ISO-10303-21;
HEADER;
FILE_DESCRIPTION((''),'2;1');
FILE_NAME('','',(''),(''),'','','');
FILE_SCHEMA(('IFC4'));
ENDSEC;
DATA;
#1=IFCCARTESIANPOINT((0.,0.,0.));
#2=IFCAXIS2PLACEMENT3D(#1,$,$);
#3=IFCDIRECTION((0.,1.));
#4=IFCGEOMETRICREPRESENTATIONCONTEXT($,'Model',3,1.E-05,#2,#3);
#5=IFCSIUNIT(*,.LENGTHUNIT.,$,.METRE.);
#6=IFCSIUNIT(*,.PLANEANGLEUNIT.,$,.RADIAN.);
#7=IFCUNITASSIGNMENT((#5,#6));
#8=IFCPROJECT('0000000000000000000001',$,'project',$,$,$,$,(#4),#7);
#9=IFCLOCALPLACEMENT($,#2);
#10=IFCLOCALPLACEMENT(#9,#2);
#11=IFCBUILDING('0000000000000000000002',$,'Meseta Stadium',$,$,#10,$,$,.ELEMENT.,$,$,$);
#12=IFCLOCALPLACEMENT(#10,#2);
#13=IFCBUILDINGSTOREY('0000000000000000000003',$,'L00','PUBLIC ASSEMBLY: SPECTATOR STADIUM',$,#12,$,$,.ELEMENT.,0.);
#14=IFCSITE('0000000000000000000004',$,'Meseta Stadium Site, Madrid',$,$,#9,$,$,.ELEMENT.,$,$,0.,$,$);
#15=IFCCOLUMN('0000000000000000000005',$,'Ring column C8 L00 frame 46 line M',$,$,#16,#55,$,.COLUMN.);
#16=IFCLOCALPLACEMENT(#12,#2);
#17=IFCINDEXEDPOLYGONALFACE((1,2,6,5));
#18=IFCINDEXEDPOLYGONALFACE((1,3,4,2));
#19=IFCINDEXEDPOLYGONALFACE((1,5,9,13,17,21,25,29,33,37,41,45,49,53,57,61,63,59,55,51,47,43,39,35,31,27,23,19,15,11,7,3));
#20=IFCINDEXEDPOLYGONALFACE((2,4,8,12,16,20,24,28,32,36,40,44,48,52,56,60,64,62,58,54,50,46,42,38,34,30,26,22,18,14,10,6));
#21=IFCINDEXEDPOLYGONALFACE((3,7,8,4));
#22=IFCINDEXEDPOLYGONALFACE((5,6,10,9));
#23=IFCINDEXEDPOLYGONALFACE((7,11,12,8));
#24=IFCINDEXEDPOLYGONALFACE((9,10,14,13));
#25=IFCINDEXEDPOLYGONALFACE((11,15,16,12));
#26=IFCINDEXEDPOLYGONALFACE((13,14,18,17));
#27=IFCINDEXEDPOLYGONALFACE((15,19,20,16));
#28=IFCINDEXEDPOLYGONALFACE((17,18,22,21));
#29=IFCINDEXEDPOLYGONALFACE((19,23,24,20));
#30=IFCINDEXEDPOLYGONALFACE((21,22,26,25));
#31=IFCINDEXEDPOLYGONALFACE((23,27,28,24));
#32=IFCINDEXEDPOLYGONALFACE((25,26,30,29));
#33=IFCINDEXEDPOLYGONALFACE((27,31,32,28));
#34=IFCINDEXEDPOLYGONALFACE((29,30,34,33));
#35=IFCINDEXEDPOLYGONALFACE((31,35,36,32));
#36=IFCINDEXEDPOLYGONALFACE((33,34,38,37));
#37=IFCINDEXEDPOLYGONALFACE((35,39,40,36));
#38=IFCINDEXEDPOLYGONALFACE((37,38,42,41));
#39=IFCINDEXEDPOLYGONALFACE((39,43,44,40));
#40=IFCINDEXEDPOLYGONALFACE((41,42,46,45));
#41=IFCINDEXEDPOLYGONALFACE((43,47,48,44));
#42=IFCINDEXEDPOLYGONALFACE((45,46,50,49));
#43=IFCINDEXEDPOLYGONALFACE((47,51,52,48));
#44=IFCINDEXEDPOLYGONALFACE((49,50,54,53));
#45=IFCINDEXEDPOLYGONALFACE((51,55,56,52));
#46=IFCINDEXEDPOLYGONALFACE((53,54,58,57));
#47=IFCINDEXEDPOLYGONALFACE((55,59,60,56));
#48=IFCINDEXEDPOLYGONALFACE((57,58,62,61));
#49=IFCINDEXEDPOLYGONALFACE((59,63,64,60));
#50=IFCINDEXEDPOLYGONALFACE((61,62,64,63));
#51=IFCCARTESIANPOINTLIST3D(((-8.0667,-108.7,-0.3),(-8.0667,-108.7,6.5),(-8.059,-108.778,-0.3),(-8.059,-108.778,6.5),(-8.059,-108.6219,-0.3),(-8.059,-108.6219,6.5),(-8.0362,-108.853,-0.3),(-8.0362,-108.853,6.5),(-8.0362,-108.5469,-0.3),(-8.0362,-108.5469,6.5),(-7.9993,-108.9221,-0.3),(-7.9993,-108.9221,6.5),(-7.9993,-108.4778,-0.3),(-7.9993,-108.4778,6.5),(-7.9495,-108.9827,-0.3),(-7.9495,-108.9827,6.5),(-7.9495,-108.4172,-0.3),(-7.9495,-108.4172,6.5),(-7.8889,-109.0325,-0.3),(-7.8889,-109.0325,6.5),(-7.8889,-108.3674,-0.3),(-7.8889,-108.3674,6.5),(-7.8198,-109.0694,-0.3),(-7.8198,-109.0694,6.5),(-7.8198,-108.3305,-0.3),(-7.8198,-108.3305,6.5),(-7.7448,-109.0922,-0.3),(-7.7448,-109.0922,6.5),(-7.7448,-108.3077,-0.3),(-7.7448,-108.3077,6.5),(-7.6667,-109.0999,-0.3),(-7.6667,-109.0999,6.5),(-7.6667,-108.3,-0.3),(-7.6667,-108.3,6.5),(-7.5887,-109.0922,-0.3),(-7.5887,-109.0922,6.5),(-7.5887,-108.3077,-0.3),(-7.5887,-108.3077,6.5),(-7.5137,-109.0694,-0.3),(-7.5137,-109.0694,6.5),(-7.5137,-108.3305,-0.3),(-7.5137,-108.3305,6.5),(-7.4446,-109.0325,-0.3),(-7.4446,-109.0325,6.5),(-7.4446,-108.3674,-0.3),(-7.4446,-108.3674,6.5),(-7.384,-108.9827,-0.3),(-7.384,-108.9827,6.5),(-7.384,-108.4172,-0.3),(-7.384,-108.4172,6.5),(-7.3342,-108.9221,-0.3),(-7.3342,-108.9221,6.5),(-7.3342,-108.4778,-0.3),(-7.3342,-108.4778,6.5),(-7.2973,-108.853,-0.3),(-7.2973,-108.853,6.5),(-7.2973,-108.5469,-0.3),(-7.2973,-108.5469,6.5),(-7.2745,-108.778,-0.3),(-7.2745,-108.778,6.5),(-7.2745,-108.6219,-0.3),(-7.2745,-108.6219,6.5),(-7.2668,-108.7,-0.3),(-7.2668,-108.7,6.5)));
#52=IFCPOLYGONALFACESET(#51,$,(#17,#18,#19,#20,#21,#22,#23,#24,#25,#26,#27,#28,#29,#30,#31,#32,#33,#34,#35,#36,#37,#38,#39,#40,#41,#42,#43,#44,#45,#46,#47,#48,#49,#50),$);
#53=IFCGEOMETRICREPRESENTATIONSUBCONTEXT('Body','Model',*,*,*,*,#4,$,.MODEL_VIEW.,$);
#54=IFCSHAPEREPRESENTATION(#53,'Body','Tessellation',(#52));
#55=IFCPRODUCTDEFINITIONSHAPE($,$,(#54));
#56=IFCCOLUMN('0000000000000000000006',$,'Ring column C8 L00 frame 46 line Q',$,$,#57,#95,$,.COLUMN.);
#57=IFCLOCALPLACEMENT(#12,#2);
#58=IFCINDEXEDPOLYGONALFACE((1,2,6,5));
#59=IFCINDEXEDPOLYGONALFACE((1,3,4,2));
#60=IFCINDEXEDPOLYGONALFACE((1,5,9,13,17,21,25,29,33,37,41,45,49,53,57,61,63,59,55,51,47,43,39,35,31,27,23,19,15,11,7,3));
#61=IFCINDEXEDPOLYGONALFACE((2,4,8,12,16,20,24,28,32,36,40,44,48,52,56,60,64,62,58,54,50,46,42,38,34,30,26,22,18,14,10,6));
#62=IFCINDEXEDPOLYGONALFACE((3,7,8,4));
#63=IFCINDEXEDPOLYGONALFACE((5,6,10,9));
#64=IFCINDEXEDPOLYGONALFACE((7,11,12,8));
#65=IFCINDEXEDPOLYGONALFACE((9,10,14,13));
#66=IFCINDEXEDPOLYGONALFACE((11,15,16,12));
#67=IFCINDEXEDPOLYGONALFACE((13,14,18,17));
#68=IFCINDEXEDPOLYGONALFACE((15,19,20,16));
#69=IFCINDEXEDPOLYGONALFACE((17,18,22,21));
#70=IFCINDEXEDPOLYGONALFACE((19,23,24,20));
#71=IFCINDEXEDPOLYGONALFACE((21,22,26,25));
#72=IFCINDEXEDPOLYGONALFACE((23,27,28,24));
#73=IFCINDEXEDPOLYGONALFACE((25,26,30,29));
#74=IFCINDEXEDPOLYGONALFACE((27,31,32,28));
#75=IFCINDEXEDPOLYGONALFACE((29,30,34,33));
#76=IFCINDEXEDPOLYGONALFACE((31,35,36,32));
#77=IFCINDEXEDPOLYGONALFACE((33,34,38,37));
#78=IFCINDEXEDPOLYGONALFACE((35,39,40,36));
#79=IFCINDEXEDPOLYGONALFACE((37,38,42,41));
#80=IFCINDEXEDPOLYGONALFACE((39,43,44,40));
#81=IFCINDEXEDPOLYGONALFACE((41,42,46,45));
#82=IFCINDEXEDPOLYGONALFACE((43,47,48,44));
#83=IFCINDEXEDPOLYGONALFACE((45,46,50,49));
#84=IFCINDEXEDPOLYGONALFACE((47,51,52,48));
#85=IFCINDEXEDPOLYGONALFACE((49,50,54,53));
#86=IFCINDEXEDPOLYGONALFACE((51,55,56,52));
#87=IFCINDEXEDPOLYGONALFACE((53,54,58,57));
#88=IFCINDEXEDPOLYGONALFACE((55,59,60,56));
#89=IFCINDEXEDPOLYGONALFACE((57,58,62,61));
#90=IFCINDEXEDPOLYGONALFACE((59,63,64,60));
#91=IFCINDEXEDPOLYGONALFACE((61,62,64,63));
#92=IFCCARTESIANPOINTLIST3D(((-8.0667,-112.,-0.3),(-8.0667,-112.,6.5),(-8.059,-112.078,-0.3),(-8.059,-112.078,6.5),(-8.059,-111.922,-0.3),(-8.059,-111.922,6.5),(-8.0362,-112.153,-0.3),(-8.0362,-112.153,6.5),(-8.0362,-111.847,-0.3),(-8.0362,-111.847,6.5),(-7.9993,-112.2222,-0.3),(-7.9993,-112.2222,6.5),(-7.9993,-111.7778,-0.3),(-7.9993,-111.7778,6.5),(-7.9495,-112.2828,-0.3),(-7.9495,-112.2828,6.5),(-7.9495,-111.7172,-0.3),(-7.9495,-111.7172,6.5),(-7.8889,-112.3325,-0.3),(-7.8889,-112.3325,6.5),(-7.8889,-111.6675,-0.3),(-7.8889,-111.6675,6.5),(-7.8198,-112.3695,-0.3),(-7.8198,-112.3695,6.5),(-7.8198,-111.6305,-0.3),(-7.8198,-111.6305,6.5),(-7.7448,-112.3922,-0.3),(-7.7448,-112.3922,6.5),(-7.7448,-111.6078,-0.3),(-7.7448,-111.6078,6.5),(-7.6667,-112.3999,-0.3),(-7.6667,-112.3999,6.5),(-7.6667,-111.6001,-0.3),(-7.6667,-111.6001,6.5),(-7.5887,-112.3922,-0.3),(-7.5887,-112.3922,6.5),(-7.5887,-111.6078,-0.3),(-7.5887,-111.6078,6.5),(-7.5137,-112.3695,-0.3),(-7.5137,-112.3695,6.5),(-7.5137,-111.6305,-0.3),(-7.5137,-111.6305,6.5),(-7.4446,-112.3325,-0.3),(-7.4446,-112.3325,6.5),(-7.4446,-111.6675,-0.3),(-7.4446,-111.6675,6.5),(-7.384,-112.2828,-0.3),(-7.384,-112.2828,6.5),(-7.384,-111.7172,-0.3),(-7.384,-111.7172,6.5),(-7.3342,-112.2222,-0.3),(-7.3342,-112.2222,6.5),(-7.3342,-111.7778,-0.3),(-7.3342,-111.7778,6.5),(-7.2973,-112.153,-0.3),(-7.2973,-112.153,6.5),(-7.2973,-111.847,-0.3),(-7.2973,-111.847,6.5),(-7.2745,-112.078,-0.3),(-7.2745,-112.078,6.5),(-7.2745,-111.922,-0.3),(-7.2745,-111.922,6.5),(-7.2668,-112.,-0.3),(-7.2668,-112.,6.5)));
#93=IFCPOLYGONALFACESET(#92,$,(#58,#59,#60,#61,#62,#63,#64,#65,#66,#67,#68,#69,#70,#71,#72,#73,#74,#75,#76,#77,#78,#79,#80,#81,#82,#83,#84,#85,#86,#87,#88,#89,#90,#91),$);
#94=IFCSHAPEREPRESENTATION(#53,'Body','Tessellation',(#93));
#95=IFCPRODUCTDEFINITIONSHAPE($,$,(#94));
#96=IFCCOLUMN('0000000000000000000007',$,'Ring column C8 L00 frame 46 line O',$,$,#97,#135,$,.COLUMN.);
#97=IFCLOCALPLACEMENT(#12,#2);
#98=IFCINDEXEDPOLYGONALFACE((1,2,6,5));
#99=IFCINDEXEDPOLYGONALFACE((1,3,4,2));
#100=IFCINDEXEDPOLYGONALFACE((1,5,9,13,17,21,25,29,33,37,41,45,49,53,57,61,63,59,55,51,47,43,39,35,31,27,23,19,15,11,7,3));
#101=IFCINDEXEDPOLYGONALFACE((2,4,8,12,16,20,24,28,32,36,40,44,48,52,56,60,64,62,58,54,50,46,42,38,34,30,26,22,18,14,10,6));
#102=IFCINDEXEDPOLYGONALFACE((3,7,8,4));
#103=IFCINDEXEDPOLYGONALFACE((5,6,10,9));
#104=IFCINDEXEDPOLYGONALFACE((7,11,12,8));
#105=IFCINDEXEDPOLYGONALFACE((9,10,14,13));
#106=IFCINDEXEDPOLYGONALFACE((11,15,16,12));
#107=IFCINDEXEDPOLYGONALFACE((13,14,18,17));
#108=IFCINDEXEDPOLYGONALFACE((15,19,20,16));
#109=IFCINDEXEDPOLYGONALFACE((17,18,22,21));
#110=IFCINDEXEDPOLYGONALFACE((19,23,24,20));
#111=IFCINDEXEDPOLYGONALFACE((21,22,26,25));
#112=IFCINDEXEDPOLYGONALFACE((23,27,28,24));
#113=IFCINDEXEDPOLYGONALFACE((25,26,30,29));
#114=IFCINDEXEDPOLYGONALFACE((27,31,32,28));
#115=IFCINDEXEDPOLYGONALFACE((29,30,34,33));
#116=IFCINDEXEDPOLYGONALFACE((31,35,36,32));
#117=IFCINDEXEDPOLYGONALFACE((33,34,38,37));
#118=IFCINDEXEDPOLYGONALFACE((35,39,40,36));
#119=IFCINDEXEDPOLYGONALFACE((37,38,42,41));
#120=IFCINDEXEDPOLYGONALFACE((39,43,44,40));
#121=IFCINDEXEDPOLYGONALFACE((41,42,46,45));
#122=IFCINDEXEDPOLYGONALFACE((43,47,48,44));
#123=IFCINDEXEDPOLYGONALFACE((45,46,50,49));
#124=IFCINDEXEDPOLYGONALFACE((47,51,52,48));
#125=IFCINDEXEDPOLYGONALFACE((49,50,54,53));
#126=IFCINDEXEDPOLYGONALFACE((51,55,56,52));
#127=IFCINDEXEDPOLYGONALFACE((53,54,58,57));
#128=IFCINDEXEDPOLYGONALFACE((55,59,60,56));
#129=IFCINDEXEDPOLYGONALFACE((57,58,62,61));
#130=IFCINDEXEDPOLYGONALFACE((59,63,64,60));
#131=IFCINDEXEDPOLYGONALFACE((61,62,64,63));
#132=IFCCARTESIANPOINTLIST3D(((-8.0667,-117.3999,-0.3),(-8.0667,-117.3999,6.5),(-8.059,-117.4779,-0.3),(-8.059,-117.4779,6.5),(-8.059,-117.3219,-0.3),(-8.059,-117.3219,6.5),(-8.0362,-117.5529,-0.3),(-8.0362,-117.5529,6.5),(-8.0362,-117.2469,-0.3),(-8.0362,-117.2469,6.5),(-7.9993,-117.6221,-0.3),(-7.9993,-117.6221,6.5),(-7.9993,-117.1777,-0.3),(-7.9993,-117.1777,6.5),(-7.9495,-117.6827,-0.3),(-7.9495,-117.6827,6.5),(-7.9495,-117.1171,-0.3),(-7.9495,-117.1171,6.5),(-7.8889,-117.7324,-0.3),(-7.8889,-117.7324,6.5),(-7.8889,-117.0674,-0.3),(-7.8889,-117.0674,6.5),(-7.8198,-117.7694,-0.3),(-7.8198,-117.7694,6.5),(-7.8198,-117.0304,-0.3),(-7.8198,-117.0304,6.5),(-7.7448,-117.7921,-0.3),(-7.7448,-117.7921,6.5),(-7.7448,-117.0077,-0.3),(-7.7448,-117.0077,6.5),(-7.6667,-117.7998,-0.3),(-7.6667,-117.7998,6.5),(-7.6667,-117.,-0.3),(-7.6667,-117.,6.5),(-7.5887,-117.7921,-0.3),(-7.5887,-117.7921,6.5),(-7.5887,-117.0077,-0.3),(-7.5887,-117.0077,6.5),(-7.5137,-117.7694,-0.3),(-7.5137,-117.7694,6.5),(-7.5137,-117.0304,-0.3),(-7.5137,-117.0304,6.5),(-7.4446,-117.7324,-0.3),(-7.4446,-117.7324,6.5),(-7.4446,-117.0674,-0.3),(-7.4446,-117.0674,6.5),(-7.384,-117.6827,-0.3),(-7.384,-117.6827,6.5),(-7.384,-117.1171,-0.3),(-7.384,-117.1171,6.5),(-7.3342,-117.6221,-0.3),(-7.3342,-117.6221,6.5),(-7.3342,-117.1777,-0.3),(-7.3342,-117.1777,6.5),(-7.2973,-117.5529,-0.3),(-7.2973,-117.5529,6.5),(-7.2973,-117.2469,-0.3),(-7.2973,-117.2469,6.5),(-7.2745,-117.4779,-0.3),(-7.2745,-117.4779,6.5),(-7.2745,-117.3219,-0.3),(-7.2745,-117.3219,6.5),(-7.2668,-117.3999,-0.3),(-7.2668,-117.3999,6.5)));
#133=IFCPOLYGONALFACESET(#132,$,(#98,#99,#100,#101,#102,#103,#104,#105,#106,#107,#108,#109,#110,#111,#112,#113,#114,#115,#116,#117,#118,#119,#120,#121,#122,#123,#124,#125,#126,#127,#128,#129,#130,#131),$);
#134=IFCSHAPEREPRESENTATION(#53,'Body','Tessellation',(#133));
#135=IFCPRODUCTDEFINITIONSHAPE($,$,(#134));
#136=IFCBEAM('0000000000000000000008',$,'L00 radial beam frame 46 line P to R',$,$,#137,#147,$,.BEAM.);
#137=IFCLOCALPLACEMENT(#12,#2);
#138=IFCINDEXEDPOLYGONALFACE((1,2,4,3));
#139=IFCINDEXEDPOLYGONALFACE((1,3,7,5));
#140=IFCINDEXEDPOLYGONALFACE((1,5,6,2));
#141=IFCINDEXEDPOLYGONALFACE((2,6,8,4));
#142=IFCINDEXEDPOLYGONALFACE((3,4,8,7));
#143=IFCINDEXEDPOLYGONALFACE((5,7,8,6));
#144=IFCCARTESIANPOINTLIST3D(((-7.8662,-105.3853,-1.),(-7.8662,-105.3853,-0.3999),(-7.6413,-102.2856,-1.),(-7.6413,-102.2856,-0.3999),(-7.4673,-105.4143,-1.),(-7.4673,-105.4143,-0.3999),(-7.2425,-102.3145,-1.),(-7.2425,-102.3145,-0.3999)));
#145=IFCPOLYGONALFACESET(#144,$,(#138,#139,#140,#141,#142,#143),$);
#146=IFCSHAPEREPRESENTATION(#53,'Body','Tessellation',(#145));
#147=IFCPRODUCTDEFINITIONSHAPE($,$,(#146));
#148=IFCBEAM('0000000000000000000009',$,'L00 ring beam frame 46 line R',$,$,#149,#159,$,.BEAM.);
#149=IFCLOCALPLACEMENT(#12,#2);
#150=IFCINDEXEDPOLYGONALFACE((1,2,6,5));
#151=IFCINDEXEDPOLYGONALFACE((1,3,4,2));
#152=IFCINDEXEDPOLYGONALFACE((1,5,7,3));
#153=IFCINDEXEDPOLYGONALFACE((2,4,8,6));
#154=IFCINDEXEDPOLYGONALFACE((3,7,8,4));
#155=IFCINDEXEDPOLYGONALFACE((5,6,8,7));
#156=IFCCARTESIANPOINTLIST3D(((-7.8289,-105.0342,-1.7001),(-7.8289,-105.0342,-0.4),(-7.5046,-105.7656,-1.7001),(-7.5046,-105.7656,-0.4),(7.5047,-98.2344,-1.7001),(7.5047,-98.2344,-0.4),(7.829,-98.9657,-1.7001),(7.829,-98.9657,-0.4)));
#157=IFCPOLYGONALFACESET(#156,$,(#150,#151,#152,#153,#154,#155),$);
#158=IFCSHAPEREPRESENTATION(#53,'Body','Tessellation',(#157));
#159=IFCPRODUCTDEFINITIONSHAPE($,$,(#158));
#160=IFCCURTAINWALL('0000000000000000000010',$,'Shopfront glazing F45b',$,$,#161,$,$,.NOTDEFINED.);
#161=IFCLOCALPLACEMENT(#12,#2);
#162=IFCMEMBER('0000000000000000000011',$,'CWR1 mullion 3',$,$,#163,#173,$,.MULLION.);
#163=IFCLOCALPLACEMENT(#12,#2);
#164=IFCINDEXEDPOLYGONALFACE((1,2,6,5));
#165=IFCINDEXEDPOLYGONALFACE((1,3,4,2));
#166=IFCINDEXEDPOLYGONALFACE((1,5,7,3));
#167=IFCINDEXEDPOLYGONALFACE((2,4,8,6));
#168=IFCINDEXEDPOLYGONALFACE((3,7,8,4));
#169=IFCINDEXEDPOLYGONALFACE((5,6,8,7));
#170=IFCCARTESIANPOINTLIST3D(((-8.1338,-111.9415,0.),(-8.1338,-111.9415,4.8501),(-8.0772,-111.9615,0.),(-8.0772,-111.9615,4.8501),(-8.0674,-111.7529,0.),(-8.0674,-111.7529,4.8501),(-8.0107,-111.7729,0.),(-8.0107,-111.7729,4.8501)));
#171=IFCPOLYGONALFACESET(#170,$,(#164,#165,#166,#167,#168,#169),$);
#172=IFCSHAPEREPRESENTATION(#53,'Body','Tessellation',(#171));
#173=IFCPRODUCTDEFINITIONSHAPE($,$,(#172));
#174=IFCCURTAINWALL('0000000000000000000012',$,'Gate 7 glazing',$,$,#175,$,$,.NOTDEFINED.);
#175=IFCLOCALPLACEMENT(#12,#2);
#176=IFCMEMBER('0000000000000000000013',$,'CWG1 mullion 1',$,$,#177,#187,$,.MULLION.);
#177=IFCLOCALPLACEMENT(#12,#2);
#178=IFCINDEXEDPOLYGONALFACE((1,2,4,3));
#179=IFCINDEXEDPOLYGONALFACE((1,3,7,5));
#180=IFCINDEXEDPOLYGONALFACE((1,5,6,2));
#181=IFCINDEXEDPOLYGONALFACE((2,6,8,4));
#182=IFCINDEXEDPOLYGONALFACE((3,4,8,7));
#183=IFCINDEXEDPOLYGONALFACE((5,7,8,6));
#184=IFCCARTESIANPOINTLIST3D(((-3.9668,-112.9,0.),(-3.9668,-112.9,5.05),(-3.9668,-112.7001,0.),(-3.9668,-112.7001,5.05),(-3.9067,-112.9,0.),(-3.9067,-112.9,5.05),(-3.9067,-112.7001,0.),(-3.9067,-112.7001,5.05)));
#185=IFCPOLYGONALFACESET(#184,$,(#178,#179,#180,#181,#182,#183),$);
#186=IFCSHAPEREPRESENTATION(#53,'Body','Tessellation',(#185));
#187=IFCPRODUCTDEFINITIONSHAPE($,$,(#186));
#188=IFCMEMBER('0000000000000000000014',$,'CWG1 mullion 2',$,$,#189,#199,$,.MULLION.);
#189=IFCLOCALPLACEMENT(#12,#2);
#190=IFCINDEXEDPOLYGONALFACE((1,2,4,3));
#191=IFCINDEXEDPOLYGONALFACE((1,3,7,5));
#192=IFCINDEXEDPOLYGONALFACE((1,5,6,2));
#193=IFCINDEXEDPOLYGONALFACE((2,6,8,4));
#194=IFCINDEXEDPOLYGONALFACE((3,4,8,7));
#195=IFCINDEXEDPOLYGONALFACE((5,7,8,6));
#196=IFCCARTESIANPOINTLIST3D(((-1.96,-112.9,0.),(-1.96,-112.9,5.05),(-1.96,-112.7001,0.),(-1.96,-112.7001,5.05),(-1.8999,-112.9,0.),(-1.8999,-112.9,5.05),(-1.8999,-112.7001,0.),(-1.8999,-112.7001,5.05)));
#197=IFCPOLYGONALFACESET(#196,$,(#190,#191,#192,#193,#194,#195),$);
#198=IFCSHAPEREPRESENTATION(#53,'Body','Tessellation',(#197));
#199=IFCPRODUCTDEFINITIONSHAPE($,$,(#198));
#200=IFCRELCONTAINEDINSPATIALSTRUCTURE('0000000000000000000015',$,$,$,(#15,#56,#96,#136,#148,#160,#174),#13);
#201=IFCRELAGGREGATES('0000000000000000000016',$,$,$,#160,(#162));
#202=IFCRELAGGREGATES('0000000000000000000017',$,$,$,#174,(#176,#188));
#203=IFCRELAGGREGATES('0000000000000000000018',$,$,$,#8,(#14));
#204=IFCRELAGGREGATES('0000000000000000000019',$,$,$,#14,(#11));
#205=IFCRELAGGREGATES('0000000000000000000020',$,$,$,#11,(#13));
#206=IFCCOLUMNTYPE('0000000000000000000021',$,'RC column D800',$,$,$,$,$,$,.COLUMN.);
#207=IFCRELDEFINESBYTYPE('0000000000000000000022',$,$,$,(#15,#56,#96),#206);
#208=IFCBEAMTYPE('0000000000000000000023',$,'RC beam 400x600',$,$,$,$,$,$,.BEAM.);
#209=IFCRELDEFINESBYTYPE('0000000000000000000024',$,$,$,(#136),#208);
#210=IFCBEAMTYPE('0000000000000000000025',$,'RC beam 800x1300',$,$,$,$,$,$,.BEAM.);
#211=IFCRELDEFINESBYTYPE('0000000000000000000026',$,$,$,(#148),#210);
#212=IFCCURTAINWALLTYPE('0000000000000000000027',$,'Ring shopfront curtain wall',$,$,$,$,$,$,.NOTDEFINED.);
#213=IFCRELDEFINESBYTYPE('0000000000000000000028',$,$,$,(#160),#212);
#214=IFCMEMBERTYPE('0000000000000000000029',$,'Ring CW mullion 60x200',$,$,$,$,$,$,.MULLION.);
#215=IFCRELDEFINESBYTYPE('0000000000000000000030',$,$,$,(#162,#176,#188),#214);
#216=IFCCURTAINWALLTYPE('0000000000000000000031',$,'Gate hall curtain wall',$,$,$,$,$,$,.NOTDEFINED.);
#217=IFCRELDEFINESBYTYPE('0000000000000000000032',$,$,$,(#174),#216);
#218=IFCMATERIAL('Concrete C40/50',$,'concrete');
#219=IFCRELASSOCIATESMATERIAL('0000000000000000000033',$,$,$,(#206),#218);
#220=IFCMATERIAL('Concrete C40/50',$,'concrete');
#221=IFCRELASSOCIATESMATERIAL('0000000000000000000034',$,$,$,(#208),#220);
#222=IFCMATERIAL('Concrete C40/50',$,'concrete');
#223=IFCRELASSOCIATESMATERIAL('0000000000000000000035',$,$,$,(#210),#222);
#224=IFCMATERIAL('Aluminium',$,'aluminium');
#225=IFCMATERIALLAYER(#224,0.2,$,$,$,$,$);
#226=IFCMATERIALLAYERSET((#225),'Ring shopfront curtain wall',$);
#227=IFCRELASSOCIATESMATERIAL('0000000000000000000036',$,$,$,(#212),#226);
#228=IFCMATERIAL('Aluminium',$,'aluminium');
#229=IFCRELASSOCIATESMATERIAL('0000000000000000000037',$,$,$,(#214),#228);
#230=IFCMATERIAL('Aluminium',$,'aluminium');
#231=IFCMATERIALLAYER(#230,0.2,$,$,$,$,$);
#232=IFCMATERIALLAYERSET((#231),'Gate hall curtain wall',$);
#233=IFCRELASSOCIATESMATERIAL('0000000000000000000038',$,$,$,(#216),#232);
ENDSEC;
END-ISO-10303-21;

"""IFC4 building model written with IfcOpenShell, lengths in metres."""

from ifc_helpers import new_model, si_unit, direction, frame, origin, origin_2d, place, context, subcontext, project, spatial, rectangle, circle, extrude, material, layer, layer_set, material_profile, profile_set, type_object, element, aggregate, save


model = new_model("IFC4")

# Units and contexts
model_context = context("Model", 3, precision=1e-05, world=origin(), true_north=direction((0.0, 1.0)))
body_context = subcontext(model_context, "Body", "Model", "MODEL_VIEW")
ifc_project = project(units=[si_unit("LENGTHUNIT", "METRE"), si_unit("PLANEANGLEUNIT", "RADIAN")], contexts=[model_context])

# Site, building, storey
site_placement = place(None, origin())
site = spatial("IfcSite", under=ifc_project, at=site_placement, Name="Meseta Stadium Site, Madrid", CompositionType="ELEMENT", RefElevation=0.0)
building_placement = place(site_placement, origin())
building = spatial("IfcBuilding", under=site, at=building_placement, Name="Meseta Stadium", CompositionType="ELEMENT")
storey_placement = place(building_placement, origin())
storey = spatial("IfcBuildingStorey", under=building, at=storey_placement, Name="L00", Description="PUBLIC ASSEMBLY: SPECTATOR STADIUM", CompositionType="ELEMENT", Elevation=0.0)

# Columns
ifc_material_1 = material(Name="Concrete C40/50", Category="concrete")
ifc_material_profile_1 = material_profile(ifc_material_1, circle(Radius=0.3999, at=origin_2d()), Name="RC D800")
ifc_profile_set_1 = profile_set([ifc_material_profile_1], Name="Concrete C40/50")
column_type_1 = type_object("IfcColumnType", Name="RC column D800", PredefinedType="COLUMN", material=ifc_profile_set_1)
for number, where, z_axis, x_axis, name in (
    (1, (-7.6667, -108.7, -0.3), (0.0, 0.0, 1.0), (1.0, 0.0, 0.0), "Ring column C8 L00 frame 46 line M"),
    (2, (-7.6667, -112.0, -0.3), (0.0, 0.0, 1.0), (1.0, 0.0, 0.0), "Ring column C8 L00 frame 46 line Q"),
    (3, (-7.6667, -117.3999, -0.3), (0.0, 0.0, 1.0), (1.0, 0.0, 0.0), "Ring column C8 L00 frame 46 line O"),
):
    element("IfcColumn", number, at=place(storey_placement, frame(where, z_axis=z_axis, x_axis=x_axis)), inside=storey, type_object=column_type_1, Name=name, PredefinedType="COLUMN", context=body_context, shape_type="SweptSolid", body=[
        extrude(circle(Radius=0.3999, at=origin_2d()), origin(), (0.0, 0.0, 1.0), 6.8),
    ])

# Beams
ifc_material_2 = material(Name="Concrete C40/50", Category="concrete")
ifc_material_profile_2 = material_profile(ifc_material_2, rectangle(XDim=0.3999, YDim=0.6001, at=origin_2d()), Name="RC 400x600")
ifc_profile_set_2 = profile_set([ifc_material_profile_2], Name="Concrete C40/50")
beam_type_1 = type_object("IfcBeamType", Name="RC beam 400x600", PredefinedType="BEAM", material=ifc_profile_set_2)
beam_1_placement = place(storey_placement, frame((-7.4419, -102.3, -0.7), z_axis=(-0.072347, -0.99738, 0.0), x_axis=(0.99738, -0.072347, 0.0)))
element("IfcBeam", 4, at=beam_1_placement, inside=storey, type_object=beam_type_1, Name="L00 radial beam frame 46 line P to R", PredefinedType="BEAM", context=body_context, shape_type="SweptSolid", body=[
    extrude(rectangle(XDim=0.3999, YDim=0.6001, at=origin_2d()), origin(), (0.0, 0.0, 1.0), 3.1079),
])
ifc_material_3 = material(Name="Concrete C40/50", Category="concrete")
ifc_material_profile_3 = material_profile(ifc_material_3, rectangle(XDim=0.8, YDim=1.3, at=origin_2d()), Name="RC 800x1300")
ifc_profile_set_3 = profile_set([ifc_material_profile_3], Name="Concrete C40/50")
beam_type_2 = type_object("IfcBeamType", Name="RC beam 800x1300", PredefinedType="BEAM", material=ifc_profile_set_3)
beam_2_placement = place(storey_placement, frame((-7.6667, -105.3999, -1.05), z_axis=(0.914145, 0.405387, 0.0), x_axis=(-0.405387, 0.914145, 0.0)))
element("IfcBeam", 5, at=beam_2_placement, inside=storey, type_object=beam_type_2, Name="L00 ring beam frame 46 line R", PredefinedType="BEAM", context=body_context, shape_type="SweptSolid", body=[
    extrude(rectangle(XDim=0.8, YDim=1.3, at=origin_2d()), origin(), (0.0, 0.0, 1.0), 16.7737),
])

# Curtain wall, member
ifc_material_4 = material(Name="Aluminium", Category="aluminium")
ifc_layer_1 = layer(ifc_material_4, 0.2)
ifc_layer_set_1 = layer_set([ifc_layer_1], Name="Ring shopfront curtain wall")
curtain_wall_type_1 = type_object("IfcCurtainWallType", Name="Ring shopfront curtain wall", PredefinedType="NOTDEFINED", material=ifc_layer_set_1)
curtain_wall_1_placement = place(storey_placement, origin())
curtain_wall_1 = element("IfcCurtainWall", 6, at=curtain_wall_1_placement, inside=storey, type_object=curtain_wall_type_1, Name="Shopfront glazing F45b", PredefinedType="NOTDEFINED")
ifc_material_5 = material(Name="Aluminium", Category="aluminium")
ifc_material_profile_4 = material_profile(ifc_material_5, rectangle(XDim=0.2, YDim=0.0601, at=origin_2d()), Name="CW 200x60")
ifc_profile_set_4 = profile_set([ifc_material_profile_4], Name="Aluminium")
member_type_1 = type_object("IfcMemberType", Name="Ring CW mullion 60x200", PredefinedType="MULLION", material=ifc_profile_set_4)
member_1_placement = place(storey_placement, frame((-8.0723, -111.8572, 0.0), z_axis=(0.0, 0.0, 1.0), x_axis=(0.33217, 0.94322, 0.0)))
member_1 = element("IfcMember", 7, at=member_1_placement, type_object=member_type_1, Name="CWR1 mullion 3", PredefinedType="MULLION", context=body_context, shape_type="SweptSolid", body=[
    extrude(rectangle(XDim=0.2, YDim=0.0601, at=origin_2d()), origin(), (0.0, 0.0, 1.0), 4.8501),
])

# Curtain wall, members
ifc_material_6 = material(Name="Aluminium", Category="aluminium")
ifc_layer_2 = layer(ifc_material_6, 0.2)
ifc_layer_set_2 = layer_set([ifc_layer_2], Name="Gate hall curtain wall")
curtain_wall_type_2 = type_object("IfcCurtainWallType", Name="Gate hall curtain wall", PredefinedType="NOTDEFINED", material=ifc_layer_set_2)
curtain_wall_2_placement = place(storey_placement, origin())
curtain_wall_2 = element("IfcCurtainWall", 8, at=curtain_wall_2_placement, inside=storey, type_object=curtain_wall_type_2, Name="Gate 7 glazing", PredefinedType="NOTDEFINED")
member_2_placement = place(storey_placement, frame((-3.9368, -112.8, 0.0), z_axis=(0.0, 0.0, 1.0), x_axis=(0.0, 1.0, 0.0)))
member_2 = element("IfcMember", 9, at=member_2_placement, type_object=member_type_1, Name="CWG1 mullion 1", PredefinedType="MULLION", context=body_context, shape_type="SweptSolid", body=[
    extrude(rectangle(XDim=0.2, YDim=0.0601, at=origin_2d()), origin(), (0.0, 0.0, 1.0), 5.05),
])
member_3_placement = place(storey_placement, frame((-1.9299, -112.8, 0.0), z_axis=(0.0, 0.0, 1.0), x_axis=(0.0, 1.0, 0.0)))
member_3 = element("IfcMember", 10, at=member_3_placement, type_object=member_type_1, Name="CWG1 mullion 2", PredefinedType="MULLION", context=body_context, shape_type="SweptSolid", body=[
    extrude(rectangle(XDim=0.2, YDim=0.0601, at=origin_2d()), origin(), (0.0, 0.0, 1.0), 5.05),
])

aggregate(curtain_wall_1, [member_1])
aggregate(curtain_wall_2, [member_2, member_3])

save(model, "model.ifc")
